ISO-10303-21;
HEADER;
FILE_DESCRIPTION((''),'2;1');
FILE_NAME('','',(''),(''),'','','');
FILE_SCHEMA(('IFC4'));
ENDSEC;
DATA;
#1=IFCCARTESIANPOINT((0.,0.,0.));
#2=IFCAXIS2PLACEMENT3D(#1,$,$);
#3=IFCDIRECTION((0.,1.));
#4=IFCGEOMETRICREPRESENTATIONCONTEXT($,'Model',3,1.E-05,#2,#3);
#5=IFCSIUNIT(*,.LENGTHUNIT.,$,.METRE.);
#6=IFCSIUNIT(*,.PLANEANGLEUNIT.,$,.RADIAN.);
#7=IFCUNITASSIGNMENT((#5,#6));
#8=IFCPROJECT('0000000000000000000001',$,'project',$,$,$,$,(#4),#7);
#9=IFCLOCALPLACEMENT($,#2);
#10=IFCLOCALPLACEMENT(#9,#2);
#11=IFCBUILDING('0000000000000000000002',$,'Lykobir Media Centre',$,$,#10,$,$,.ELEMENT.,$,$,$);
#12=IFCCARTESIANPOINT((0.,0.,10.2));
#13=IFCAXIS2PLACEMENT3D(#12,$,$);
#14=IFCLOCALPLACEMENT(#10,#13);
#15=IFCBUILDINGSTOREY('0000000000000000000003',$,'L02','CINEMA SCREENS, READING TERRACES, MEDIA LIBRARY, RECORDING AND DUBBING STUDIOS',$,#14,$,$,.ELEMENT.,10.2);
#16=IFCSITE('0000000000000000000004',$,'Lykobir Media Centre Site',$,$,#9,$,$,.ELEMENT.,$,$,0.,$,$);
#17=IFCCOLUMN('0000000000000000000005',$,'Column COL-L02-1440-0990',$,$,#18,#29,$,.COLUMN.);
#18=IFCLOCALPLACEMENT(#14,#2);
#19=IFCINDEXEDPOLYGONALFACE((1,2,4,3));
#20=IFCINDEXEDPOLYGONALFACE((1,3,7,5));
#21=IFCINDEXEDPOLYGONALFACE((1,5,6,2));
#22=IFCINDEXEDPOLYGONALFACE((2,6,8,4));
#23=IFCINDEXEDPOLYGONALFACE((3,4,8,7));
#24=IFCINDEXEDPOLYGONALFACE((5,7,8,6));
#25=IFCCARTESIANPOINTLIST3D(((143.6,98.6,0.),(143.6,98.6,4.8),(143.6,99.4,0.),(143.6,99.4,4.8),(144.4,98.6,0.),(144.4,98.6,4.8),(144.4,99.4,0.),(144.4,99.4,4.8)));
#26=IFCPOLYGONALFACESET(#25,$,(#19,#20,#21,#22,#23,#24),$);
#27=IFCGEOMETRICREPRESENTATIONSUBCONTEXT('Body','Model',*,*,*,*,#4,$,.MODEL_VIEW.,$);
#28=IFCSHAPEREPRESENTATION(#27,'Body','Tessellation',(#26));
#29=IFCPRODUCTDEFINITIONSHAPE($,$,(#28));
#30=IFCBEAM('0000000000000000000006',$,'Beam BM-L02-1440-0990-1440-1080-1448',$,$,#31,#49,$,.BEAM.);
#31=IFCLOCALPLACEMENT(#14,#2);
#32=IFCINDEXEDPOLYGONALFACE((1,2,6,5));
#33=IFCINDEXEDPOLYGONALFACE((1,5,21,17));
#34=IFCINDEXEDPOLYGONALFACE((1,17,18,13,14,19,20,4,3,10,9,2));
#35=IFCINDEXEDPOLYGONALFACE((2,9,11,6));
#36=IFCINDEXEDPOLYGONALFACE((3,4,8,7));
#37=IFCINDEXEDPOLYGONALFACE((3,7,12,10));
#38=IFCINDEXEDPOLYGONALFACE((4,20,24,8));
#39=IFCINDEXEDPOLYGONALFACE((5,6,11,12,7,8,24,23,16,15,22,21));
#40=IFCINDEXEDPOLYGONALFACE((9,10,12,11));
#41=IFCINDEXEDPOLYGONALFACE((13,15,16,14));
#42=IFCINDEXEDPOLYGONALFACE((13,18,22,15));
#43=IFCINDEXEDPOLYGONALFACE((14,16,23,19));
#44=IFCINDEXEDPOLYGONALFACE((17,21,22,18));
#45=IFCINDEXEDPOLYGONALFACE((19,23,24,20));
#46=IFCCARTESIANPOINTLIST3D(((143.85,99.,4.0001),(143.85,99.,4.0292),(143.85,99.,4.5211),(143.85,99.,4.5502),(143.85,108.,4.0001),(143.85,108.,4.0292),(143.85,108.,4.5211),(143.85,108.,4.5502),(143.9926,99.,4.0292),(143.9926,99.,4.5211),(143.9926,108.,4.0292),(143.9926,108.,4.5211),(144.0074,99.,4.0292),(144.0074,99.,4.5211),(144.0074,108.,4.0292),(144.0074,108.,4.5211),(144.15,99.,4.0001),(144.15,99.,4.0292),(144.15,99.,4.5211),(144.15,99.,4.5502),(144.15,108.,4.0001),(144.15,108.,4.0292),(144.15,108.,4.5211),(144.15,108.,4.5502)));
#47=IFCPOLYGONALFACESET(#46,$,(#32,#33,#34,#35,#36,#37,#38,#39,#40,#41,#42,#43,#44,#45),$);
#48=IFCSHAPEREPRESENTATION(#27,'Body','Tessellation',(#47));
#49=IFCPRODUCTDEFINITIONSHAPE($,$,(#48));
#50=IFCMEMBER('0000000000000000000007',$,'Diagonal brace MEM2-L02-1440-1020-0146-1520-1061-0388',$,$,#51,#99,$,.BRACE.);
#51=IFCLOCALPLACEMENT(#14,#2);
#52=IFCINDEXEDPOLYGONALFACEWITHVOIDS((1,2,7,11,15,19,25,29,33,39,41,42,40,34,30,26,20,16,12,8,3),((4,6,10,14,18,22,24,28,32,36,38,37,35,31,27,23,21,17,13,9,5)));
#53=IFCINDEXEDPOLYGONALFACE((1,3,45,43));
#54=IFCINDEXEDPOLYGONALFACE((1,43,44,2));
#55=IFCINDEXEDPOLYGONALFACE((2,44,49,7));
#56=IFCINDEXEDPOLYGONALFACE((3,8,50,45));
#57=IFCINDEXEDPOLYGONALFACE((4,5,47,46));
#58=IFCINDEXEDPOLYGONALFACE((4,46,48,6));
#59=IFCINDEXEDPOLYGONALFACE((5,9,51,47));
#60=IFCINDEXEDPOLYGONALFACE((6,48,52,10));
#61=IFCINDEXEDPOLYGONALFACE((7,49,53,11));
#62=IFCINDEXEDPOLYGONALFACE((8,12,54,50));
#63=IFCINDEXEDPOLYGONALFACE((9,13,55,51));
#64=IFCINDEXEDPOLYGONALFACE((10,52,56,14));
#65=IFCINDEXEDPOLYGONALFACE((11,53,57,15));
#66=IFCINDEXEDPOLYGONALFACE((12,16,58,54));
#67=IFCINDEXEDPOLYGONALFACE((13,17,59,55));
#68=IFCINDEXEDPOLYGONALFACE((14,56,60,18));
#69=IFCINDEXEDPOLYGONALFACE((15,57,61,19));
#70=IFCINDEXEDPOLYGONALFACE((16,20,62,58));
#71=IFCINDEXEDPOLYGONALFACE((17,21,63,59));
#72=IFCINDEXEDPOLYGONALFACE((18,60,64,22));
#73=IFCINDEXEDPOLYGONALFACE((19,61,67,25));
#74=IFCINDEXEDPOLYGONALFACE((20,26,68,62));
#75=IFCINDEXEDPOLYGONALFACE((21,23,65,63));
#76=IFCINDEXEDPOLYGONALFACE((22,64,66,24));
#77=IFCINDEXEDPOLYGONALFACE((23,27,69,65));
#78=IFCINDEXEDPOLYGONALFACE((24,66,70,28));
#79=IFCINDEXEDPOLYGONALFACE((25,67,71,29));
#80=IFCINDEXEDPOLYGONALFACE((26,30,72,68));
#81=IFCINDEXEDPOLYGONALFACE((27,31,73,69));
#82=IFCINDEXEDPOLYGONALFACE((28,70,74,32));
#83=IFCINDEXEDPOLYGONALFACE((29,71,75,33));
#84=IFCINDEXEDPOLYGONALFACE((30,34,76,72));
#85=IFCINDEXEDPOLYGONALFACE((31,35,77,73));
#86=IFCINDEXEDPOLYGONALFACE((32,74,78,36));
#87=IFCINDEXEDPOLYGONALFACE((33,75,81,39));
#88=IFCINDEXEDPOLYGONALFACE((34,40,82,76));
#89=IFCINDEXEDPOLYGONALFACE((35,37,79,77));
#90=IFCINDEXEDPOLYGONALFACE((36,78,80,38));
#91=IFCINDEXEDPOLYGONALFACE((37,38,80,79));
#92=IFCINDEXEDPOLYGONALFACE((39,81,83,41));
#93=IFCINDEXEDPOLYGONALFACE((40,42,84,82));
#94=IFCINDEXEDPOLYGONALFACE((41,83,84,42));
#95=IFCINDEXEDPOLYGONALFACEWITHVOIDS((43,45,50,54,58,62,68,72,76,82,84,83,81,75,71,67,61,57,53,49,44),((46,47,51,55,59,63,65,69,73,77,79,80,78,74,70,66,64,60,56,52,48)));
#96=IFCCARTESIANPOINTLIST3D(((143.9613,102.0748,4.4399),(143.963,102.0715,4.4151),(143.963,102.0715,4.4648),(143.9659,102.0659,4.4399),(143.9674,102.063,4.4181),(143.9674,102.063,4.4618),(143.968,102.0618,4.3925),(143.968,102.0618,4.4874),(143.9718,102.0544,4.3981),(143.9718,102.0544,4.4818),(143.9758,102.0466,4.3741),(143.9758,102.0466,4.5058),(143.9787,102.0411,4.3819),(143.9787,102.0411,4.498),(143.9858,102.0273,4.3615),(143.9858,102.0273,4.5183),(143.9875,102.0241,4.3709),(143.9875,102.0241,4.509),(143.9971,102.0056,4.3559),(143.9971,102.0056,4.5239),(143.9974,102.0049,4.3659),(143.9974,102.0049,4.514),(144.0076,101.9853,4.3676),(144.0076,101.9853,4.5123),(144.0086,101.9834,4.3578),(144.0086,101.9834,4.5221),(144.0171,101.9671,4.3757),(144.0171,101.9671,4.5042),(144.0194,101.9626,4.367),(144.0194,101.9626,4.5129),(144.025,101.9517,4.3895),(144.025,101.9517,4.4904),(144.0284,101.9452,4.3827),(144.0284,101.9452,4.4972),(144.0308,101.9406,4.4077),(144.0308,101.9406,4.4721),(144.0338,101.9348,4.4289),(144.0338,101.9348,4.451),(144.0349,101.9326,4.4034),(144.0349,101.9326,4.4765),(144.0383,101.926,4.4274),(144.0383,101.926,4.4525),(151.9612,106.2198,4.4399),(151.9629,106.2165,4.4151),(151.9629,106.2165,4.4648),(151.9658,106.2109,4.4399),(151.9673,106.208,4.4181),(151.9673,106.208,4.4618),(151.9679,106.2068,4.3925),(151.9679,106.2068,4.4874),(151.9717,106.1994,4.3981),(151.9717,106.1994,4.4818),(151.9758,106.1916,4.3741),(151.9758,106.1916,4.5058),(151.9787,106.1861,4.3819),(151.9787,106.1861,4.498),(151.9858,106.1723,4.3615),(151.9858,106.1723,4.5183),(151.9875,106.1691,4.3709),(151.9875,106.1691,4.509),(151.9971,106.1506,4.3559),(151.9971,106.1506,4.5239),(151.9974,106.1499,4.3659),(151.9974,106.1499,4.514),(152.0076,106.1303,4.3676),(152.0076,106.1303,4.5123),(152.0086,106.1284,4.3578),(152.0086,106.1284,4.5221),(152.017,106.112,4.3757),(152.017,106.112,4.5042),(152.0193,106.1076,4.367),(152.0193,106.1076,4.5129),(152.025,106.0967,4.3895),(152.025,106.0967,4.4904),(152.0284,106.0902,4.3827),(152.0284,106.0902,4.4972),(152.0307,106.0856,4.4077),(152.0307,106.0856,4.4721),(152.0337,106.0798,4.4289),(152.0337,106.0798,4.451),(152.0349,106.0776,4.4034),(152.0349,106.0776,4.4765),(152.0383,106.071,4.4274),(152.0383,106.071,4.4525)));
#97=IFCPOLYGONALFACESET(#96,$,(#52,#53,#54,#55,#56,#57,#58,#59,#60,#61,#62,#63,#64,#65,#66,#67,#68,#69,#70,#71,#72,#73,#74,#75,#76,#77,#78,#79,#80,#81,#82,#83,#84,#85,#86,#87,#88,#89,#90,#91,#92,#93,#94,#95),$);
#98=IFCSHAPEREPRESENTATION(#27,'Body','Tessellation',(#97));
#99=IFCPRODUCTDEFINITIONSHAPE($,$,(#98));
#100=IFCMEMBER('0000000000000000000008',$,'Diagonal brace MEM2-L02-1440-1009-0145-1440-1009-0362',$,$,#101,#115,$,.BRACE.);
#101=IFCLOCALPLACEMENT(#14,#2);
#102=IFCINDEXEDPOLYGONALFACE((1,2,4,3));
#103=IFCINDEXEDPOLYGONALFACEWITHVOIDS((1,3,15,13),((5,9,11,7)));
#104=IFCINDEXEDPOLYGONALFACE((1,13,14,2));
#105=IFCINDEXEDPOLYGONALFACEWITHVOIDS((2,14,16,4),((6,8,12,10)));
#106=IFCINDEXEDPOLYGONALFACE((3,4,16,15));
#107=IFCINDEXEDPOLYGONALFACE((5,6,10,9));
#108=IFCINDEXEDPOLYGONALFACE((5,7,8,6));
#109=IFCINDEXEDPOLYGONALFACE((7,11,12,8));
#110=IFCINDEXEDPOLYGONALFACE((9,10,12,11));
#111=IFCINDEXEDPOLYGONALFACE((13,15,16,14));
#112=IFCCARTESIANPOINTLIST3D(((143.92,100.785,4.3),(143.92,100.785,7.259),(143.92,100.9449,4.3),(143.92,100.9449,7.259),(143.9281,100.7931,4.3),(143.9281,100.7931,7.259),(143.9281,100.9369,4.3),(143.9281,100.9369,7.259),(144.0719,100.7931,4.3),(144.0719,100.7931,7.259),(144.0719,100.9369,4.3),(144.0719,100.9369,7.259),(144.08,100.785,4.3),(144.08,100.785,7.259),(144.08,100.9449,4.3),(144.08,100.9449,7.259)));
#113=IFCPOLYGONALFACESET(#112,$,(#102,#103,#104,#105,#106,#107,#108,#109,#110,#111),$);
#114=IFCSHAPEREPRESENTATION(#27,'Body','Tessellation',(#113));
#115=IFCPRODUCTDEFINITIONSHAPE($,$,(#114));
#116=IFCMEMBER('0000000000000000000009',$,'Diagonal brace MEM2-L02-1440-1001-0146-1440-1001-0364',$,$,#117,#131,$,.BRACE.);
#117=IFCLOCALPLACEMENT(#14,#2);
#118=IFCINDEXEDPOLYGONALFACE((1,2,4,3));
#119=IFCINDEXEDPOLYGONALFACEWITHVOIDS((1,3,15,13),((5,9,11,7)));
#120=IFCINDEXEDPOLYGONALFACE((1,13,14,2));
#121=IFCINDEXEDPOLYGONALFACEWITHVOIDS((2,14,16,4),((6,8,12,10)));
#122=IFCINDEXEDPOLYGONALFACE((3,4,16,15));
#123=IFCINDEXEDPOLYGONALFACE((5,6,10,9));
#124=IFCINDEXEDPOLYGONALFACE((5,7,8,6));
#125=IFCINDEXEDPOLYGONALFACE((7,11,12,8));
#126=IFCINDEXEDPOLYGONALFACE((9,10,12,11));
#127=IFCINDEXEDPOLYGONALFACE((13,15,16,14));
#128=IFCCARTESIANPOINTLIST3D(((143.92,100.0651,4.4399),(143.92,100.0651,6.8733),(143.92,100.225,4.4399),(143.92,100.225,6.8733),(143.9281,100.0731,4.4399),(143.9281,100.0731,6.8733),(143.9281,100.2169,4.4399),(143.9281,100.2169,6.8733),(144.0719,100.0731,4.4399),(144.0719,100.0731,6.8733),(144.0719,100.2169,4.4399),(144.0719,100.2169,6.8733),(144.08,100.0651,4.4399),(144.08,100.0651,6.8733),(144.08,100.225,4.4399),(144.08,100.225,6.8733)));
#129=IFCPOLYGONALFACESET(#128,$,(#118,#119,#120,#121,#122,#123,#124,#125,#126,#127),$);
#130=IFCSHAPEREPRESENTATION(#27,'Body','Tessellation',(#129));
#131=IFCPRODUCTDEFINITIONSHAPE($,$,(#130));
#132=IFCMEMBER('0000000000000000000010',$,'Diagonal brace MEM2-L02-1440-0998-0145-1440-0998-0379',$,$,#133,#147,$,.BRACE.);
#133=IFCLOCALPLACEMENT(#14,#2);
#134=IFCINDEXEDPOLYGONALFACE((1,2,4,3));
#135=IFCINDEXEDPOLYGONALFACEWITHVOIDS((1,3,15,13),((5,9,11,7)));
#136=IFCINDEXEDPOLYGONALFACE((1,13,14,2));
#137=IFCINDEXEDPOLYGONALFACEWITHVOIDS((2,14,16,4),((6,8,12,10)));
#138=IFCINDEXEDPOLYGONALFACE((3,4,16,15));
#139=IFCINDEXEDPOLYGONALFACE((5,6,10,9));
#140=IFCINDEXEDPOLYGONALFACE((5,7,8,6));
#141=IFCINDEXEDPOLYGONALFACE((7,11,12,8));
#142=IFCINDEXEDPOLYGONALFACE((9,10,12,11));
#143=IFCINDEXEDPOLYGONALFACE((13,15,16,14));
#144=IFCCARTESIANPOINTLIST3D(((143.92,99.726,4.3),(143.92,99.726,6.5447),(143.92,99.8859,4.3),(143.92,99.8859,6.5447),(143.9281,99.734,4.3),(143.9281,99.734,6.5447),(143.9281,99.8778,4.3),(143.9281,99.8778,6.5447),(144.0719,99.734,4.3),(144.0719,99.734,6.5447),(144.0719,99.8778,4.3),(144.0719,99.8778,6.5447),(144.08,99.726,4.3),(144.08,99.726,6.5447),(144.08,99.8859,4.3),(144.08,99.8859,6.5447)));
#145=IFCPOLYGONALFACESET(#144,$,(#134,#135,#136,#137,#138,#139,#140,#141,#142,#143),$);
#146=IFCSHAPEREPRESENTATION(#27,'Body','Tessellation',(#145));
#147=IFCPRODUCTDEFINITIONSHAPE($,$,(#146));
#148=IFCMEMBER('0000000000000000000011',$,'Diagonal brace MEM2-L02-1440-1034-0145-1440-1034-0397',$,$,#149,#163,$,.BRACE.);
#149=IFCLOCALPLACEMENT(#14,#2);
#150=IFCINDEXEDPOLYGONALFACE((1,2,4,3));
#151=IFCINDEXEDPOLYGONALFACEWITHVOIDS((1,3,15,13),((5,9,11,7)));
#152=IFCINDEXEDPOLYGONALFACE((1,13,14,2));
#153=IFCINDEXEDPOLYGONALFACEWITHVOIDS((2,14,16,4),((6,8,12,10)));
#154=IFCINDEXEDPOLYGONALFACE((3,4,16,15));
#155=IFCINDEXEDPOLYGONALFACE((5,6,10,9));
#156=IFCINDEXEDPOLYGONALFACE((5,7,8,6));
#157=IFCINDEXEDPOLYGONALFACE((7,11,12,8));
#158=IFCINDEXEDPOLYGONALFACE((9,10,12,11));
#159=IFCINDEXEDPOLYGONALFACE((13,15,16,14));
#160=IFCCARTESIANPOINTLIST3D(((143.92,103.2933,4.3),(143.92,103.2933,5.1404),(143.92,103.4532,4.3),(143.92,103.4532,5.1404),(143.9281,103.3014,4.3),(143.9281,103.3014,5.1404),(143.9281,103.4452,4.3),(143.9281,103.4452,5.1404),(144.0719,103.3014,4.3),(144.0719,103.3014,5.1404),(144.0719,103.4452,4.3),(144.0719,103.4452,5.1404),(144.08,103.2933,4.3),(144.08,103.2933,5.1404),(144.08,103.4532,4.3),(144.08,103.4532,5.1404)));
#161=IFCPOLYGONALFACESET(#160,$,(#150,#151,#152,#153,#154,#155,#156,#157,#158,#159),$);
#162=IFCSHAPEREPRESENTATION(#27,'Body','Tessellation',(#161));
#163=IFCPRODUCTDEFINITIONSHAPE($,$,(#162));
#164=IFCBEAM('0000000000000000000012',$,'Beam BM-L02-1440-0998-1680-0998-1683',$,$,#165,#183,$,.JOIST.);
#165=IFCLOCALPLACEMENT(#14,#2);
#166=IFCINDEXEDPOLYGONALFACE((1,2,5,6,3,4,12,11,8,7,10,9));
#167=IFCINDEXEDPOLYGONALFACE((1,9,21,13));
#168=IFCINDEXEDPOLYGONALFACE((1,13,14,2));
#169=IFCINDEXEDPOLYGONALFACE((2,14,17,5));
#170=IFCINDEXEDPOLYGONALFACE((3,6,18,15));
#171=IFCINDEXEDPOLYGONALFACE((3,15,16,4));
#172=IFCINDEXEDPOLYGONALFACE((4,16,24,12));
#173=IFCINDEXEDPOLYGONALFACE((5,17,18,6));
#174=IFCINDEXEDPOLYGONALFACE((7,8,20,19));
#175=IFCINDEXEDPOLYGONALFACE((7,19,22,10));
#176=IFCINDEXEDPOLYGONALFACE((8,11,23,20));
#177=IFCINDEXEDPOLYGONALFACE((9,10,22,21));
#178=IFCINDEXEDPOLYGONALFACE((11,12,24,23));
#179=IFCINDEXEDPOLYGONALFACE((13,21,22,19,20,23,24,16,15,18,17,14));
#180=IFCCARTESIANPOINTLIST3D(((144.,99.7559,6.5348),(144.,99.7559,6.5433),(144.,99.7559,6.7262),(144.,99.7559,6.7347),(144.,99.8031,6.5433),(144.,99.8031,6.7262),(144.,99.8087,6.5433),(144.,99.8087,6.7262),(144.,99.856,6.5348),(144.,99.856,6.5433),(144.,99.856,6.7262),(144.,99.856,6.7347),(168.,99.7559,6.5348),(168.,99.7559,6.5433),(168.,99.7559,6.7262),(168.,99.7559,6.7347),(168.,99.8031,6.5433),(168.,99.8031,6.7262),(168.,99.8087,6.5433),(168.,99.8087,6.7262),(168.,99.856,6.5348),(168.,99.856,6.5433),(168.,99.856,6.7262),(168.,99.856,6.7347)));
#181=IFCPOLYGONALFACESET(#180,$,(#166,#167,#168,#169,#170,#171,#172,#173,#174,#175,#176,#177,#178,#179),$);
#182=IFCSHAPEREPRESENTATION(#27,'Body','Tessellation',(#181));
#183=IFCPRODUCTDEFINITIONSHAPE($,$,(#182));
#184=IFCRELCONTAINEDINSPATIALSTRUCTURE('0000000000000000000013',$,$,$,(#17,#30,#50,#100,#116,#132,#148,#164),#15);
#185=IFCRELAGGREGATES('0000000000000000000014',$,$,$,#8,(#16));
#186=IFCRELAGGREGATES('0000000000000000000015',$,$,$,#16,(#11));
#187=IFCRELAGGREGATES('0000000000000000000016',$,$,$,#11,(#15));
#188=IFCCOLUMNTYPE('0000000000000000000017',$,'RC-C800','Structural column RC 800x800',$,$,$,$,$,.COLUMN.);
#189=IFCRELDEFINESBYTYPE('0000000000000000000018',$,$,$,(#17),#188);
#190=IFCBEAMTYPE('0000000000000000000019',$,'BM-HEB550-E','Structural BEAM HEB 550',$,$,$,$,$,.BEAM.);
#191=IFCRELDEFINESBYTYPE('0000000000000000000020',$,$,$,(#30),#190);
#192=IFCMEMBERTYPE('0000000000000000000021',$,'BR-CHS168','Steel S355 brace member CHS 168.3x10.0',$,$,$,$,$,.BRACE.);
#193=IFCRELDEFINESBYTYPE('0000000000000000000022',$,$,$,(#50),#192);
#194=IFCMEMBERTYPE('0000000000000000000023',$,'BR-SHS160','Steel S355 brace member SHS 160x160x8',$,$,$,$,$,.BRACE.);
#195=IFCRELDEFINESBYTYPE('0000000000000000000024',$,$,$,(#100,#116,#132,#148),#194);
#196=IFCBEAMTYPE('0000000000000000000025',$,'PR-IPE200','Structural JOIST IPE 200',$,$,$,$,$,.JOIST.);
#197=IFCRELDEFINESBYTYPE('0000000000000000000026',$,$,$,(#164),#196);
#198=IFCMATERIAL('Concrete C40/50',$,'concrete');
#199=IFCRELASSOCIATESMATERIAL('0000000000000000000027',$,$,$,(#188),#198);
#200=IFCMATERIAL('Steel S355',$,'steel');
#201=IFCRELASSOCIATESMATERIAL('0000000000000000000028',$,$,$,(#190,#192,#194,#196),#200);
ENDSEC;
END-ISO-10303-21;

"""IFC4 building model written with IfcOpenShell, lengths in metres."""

from ifc_helpers import new_model, si_unit, direction, frame, origin, origin_2d, place, context, subcontext, project, spatial, rectangle, hollow_rectangle, hollow_circle, i_section, extrude, material, material_profile, profile_set, type_object, element, save


model = new_model("IFC4")

# Units and contexts
model_context = context("Model", 3, precision=1e-05, world=origin(), true_north=direction((0.0, 1.0)))
body_context = subcontext(model_context, "Body", "Model", "MODEL_VIEW")
ifc_project = project(units=[si_unit("LENGTHUNIT", "METRE"), si_unit("PLANEANGLEUNIT", "RADIAN")], contexts=[model_context])

# Site, building, storey
site_placement = place(None, origin())
site = spatial("IfcSite", under=ifc_project, at=site_placement, Name="Lykobir Media Centre Site", CompositionType="ELEMENT", RefElevation=0.0)
building_placement = place(site_placement, origin())
building = spatial("IfcBuilding", under=site, at=building_placement, Name="Lykobir Media Centre", CompositionType="ELEMENT")
storey_placement = place(building_placement, frame((0.0, 0.0, 10.2)))
storey = spatial("IfcBuildingStorey", under=building, at=storey_placement, Name="L02", Description="CINEMA SCREENS, READING TERRACES, MEDIA LIBRARY, RECORDING AND DUBBING STUDIOS", CompositionType="ELEMENT", Elevation=10.2)

# Column
ifc_material_1 = material(Name="Concrete C40/50", Category="concrete")
ifc_material_profile_1 = material_profile(ifc_material_1, rectangle(XDim=0.8, YDim=0.8, at=origin_2d()), Name="RC 800x800")
ifc_profile_set_1 = profile_set([ifc_material_profile_1], Name="Concrete C40/50")
column_type = type_object("IfcColumnType", Name="RC-C800", Description="Structural column RC 800x800", PredefinedType="COLUMN", material=ifc_profile_set_1)
column_placement = place(storey_placement, frame((144.0, 99.0, 0.0), z_axis=(0.0, 0.0, 1.0), x_axis=(1.0, 0.0, 0.0)))
element("IfcColumn", 1, at=column_placement, inside=storey, type_object=column_type, Name="Column COL-L02-1440-0990", PredefinedType="COLUMN", context=body_context, shape_type="SweptSolid", body=[
    extrude(rectangle(XDim=0.8, YDim=0.8, at=origin_2d()), origin(), (0.0, 0.0, 1.0), 4.8),
])

# Beam
ifc_material_2 = material(Name="Steel S355", Category="steel")
ifc_material_profile_2 = material_profile(ifc_material_2, i_section(OverallWidth=0.3, OverallDepth=0.55, WebThickness=0.0149, FlangeThickness=0.0291, at=origin_2d()), Name="HEB 550")
ifc_profile_set_2 = profile_set([ifc_material_profile_2], Name="Steel S355")
beam_type_1 = type_object("IfcBeamType", Name="BM-HEB550-E", Description="Structural BEAM HEB 550", PredefinedType="BEAM", material=ifc_profile_set_2)
beam_placement = place(storey_placement, frame((144.0, 99.0, 4.2751), z_axis=(0.0, 1.0, 0.0), x_axis=(-1.0, 0.0, 0.0)))
element("IfcBeam", 2, at=beam_placement, inside=storey, type_object=beam_type_1, Name="Beam BM-L02-1440-0990-1440-1080-1448", PredefinedType="BEAM", context=body_context, shape_type="SweptSolid", body=[
    extrude(i_section(OverallWidth=0.3, OverallDepth=0.55, WebThickness=0.0149, FlangeThickness=0.0291, at=origin_2d()), origin(), (0.0, 0.0, 1.0), 9.0),
])

# Members
ifc_material_profile_3 = material_profile(ifc_material_2, hollow_circle(Radius=0.0842, WallThickness=0.01, at=origin_2d()), Name="CHS 168.3x10.0")
ifc_profile_set_3 = profile_set([ifc_material_profile_3], Name="Steel S355")
member_type_1 = type_object("IfcMemberType", Name="BR-CHS168", Description="Steel S355 brace member CHS 168.3x10.0", PredefinedType="BRACE", material=ifc_profile_set_3)
member_1_placement = place(storey_placement, frame((144.0, 102.0, 4.4399), z_axis=(0.887896, 0.460043, 0.0), x_axis=(-0.460043, 0.887896, 0.0)))
element("IfcMember", 3, at=member_1_placement, inside=storey, type_object=member_type_1, Name="Diagonal brace MEM2-L02-1440-1020-0146-1520-1061-0388", PredefinedType="BRACE", context=body_context, shape_type="SweptSolid", body=[
    extrude(hollow_circle(Radius=0.0842, WallThickness=0.01, at=origin_2d()), origin(), (0.0, 0.0, 1.0), 9.01),
])
ifc_material_profile_4 = material_profile(ifc_material_2, hollow_rectangle(XDim=0.1599, YDim=0.1599, WallThickness=0.0081, at=origin_2d()), Name="SHS 160x160x8")
ifc_profile_set_4 = profile_set([ifc_material_profile_4], Name="Steel S355")
member_type_2 = type_object("IfcMemberType", Name="BR-SHS160", Description="Steel S355 brace member SHS 160x160x8", PredefinedType="BRACE", material=ifc_profile_set_4)
member_2_placement = place(storey_placement, frame((144.0, 100.865, 4.3), z_axis=(0.0, 0.0, 1.0), x_axis=(1.0, 0.0, 0.0)))
element("IfcMember", 4, at=member_2_placement, inside=storey, type_object=member_type_2, Name="Diagonal brace MEM2-L02-1440-1009-0145-1440-1009-0362", PredefinedType="BRACE", context=body_context, shape_type="SweptSolid", body=[
    extrude(hollow_rectangle(XDim=0.1599, YDim=0.1599, WallThickness=0.0081, at=origin_2d()), origin(), (0.0, 0.0, 1.0), 2.959),
])
member_3_placement = place(storey_placement, frame((144.0, 100.145, 4.4399), z_axis=(0.0, 0.0, 1.0), x_axis=(1.0, 0.0, 0.0)))
element("IfcMember", 5, at=member_3_placement, inside=storey, type_object=member_type_2, Name="Diagonal brace MEM2-L02-1440-1001-0146-1440-1001-0364", PredefinedType="BRACE", context=body_context, shape_type="SweptSolid", body=[
    extrude(hollow_rectangle(XDim=0.1599, YDim=0.1599, WallThickness=0.0081, at=origin_2d()), origin(), (0.0, 0.0, 1.0), 2.4333),
])
member_4_placement = place(storey_placement, frame((144.0, 99.8059, 4.3), z_axis=(0.0, 0.0, 1.0), x_axis=(1.0, 0.0, 0.0)))
element("IfcMember", 6, at=member_4_placement, inside=storey, type_object=member_type_2, Name="Diagonal brace MEM2-L02-1440-0998-0145-1440-0998-0379", PredefinedType="BRACE", context=body_context, shape_type="SweptSolid", body=[
    extrude(hollow_rectangle(XDim=0.1599, YDim=0.1599, WallThickness=0.0081, at=origin_2d()), origin(), (0.0, 0.0, 1.0), 2.2446),
])
member_5_placement = place(storey_placement, frame((144.0, 103.3733, 4.3), z_axis=(0.0, 0.0, 1.0), x_axis=(1.0, 0.0, 0.0)))
element("IfcMember", 7, at=member_5_placement, inside=storey, type_object=member_type_2, Name="Diagonal brace MEM2-L02-1440-1034-0145-1440-1034-0397", PredefinedType="BRACE", context=body_context, shape_type="SweptSolid", body=[
    extrude(hollow_rectangle(XDim=0.1599, YDim=0.1599, WallThickness=0.0081, at=origin_2d()), origin(), (0.0, 0.0, 1.0), 0.8403),
])

# Beam
ifc_material_profile_5 = material_profile(ifc_material_2, i_section(OverallWidth=0.1001, OverallDepth=0.2, WebThickness=0.0056, FlangeThickness=0.0085, at=origin_2d()), Name="IPE 200")
ifc_profile_set_5 = profile_set([ifc_material_profile_5], Name="Steel S355")
beam_type_2 = type_object("IfcBeamType", Name="PR-IPE200", Description="Structural JOIST IPE 200", PredefinedType="JOIST", material=ifc_profile_set_5)
for number, where, z_axis, x_axis, name in (
    (8, (144.0, 99.8059, 6.6348), (1.0, 0.0, 0.0), (0.0, 1.0, 0.0), "Beam BM-L02-1440-0998-1680-0998-1683"),
):
    element("IfcBeam", number, at=place(storey_placement, frame(where, z_axis=z_axis, x_axis=x_axis)), inside=storey, type_object=beam_type_2, Name=name, PredefinedType="JOIST", context=body_context, shape_type="SweptSolid", body=[
        extrude(i_section(OverallWidth=0.1001, OverallDepth=0.2, WebThickness=0.0056, FlangeThickness=0.0085, at=origin_2d()), origin(), (0.0, 0.0, 1.0), 24.0),
    ])

save(model, "model.ifc")
